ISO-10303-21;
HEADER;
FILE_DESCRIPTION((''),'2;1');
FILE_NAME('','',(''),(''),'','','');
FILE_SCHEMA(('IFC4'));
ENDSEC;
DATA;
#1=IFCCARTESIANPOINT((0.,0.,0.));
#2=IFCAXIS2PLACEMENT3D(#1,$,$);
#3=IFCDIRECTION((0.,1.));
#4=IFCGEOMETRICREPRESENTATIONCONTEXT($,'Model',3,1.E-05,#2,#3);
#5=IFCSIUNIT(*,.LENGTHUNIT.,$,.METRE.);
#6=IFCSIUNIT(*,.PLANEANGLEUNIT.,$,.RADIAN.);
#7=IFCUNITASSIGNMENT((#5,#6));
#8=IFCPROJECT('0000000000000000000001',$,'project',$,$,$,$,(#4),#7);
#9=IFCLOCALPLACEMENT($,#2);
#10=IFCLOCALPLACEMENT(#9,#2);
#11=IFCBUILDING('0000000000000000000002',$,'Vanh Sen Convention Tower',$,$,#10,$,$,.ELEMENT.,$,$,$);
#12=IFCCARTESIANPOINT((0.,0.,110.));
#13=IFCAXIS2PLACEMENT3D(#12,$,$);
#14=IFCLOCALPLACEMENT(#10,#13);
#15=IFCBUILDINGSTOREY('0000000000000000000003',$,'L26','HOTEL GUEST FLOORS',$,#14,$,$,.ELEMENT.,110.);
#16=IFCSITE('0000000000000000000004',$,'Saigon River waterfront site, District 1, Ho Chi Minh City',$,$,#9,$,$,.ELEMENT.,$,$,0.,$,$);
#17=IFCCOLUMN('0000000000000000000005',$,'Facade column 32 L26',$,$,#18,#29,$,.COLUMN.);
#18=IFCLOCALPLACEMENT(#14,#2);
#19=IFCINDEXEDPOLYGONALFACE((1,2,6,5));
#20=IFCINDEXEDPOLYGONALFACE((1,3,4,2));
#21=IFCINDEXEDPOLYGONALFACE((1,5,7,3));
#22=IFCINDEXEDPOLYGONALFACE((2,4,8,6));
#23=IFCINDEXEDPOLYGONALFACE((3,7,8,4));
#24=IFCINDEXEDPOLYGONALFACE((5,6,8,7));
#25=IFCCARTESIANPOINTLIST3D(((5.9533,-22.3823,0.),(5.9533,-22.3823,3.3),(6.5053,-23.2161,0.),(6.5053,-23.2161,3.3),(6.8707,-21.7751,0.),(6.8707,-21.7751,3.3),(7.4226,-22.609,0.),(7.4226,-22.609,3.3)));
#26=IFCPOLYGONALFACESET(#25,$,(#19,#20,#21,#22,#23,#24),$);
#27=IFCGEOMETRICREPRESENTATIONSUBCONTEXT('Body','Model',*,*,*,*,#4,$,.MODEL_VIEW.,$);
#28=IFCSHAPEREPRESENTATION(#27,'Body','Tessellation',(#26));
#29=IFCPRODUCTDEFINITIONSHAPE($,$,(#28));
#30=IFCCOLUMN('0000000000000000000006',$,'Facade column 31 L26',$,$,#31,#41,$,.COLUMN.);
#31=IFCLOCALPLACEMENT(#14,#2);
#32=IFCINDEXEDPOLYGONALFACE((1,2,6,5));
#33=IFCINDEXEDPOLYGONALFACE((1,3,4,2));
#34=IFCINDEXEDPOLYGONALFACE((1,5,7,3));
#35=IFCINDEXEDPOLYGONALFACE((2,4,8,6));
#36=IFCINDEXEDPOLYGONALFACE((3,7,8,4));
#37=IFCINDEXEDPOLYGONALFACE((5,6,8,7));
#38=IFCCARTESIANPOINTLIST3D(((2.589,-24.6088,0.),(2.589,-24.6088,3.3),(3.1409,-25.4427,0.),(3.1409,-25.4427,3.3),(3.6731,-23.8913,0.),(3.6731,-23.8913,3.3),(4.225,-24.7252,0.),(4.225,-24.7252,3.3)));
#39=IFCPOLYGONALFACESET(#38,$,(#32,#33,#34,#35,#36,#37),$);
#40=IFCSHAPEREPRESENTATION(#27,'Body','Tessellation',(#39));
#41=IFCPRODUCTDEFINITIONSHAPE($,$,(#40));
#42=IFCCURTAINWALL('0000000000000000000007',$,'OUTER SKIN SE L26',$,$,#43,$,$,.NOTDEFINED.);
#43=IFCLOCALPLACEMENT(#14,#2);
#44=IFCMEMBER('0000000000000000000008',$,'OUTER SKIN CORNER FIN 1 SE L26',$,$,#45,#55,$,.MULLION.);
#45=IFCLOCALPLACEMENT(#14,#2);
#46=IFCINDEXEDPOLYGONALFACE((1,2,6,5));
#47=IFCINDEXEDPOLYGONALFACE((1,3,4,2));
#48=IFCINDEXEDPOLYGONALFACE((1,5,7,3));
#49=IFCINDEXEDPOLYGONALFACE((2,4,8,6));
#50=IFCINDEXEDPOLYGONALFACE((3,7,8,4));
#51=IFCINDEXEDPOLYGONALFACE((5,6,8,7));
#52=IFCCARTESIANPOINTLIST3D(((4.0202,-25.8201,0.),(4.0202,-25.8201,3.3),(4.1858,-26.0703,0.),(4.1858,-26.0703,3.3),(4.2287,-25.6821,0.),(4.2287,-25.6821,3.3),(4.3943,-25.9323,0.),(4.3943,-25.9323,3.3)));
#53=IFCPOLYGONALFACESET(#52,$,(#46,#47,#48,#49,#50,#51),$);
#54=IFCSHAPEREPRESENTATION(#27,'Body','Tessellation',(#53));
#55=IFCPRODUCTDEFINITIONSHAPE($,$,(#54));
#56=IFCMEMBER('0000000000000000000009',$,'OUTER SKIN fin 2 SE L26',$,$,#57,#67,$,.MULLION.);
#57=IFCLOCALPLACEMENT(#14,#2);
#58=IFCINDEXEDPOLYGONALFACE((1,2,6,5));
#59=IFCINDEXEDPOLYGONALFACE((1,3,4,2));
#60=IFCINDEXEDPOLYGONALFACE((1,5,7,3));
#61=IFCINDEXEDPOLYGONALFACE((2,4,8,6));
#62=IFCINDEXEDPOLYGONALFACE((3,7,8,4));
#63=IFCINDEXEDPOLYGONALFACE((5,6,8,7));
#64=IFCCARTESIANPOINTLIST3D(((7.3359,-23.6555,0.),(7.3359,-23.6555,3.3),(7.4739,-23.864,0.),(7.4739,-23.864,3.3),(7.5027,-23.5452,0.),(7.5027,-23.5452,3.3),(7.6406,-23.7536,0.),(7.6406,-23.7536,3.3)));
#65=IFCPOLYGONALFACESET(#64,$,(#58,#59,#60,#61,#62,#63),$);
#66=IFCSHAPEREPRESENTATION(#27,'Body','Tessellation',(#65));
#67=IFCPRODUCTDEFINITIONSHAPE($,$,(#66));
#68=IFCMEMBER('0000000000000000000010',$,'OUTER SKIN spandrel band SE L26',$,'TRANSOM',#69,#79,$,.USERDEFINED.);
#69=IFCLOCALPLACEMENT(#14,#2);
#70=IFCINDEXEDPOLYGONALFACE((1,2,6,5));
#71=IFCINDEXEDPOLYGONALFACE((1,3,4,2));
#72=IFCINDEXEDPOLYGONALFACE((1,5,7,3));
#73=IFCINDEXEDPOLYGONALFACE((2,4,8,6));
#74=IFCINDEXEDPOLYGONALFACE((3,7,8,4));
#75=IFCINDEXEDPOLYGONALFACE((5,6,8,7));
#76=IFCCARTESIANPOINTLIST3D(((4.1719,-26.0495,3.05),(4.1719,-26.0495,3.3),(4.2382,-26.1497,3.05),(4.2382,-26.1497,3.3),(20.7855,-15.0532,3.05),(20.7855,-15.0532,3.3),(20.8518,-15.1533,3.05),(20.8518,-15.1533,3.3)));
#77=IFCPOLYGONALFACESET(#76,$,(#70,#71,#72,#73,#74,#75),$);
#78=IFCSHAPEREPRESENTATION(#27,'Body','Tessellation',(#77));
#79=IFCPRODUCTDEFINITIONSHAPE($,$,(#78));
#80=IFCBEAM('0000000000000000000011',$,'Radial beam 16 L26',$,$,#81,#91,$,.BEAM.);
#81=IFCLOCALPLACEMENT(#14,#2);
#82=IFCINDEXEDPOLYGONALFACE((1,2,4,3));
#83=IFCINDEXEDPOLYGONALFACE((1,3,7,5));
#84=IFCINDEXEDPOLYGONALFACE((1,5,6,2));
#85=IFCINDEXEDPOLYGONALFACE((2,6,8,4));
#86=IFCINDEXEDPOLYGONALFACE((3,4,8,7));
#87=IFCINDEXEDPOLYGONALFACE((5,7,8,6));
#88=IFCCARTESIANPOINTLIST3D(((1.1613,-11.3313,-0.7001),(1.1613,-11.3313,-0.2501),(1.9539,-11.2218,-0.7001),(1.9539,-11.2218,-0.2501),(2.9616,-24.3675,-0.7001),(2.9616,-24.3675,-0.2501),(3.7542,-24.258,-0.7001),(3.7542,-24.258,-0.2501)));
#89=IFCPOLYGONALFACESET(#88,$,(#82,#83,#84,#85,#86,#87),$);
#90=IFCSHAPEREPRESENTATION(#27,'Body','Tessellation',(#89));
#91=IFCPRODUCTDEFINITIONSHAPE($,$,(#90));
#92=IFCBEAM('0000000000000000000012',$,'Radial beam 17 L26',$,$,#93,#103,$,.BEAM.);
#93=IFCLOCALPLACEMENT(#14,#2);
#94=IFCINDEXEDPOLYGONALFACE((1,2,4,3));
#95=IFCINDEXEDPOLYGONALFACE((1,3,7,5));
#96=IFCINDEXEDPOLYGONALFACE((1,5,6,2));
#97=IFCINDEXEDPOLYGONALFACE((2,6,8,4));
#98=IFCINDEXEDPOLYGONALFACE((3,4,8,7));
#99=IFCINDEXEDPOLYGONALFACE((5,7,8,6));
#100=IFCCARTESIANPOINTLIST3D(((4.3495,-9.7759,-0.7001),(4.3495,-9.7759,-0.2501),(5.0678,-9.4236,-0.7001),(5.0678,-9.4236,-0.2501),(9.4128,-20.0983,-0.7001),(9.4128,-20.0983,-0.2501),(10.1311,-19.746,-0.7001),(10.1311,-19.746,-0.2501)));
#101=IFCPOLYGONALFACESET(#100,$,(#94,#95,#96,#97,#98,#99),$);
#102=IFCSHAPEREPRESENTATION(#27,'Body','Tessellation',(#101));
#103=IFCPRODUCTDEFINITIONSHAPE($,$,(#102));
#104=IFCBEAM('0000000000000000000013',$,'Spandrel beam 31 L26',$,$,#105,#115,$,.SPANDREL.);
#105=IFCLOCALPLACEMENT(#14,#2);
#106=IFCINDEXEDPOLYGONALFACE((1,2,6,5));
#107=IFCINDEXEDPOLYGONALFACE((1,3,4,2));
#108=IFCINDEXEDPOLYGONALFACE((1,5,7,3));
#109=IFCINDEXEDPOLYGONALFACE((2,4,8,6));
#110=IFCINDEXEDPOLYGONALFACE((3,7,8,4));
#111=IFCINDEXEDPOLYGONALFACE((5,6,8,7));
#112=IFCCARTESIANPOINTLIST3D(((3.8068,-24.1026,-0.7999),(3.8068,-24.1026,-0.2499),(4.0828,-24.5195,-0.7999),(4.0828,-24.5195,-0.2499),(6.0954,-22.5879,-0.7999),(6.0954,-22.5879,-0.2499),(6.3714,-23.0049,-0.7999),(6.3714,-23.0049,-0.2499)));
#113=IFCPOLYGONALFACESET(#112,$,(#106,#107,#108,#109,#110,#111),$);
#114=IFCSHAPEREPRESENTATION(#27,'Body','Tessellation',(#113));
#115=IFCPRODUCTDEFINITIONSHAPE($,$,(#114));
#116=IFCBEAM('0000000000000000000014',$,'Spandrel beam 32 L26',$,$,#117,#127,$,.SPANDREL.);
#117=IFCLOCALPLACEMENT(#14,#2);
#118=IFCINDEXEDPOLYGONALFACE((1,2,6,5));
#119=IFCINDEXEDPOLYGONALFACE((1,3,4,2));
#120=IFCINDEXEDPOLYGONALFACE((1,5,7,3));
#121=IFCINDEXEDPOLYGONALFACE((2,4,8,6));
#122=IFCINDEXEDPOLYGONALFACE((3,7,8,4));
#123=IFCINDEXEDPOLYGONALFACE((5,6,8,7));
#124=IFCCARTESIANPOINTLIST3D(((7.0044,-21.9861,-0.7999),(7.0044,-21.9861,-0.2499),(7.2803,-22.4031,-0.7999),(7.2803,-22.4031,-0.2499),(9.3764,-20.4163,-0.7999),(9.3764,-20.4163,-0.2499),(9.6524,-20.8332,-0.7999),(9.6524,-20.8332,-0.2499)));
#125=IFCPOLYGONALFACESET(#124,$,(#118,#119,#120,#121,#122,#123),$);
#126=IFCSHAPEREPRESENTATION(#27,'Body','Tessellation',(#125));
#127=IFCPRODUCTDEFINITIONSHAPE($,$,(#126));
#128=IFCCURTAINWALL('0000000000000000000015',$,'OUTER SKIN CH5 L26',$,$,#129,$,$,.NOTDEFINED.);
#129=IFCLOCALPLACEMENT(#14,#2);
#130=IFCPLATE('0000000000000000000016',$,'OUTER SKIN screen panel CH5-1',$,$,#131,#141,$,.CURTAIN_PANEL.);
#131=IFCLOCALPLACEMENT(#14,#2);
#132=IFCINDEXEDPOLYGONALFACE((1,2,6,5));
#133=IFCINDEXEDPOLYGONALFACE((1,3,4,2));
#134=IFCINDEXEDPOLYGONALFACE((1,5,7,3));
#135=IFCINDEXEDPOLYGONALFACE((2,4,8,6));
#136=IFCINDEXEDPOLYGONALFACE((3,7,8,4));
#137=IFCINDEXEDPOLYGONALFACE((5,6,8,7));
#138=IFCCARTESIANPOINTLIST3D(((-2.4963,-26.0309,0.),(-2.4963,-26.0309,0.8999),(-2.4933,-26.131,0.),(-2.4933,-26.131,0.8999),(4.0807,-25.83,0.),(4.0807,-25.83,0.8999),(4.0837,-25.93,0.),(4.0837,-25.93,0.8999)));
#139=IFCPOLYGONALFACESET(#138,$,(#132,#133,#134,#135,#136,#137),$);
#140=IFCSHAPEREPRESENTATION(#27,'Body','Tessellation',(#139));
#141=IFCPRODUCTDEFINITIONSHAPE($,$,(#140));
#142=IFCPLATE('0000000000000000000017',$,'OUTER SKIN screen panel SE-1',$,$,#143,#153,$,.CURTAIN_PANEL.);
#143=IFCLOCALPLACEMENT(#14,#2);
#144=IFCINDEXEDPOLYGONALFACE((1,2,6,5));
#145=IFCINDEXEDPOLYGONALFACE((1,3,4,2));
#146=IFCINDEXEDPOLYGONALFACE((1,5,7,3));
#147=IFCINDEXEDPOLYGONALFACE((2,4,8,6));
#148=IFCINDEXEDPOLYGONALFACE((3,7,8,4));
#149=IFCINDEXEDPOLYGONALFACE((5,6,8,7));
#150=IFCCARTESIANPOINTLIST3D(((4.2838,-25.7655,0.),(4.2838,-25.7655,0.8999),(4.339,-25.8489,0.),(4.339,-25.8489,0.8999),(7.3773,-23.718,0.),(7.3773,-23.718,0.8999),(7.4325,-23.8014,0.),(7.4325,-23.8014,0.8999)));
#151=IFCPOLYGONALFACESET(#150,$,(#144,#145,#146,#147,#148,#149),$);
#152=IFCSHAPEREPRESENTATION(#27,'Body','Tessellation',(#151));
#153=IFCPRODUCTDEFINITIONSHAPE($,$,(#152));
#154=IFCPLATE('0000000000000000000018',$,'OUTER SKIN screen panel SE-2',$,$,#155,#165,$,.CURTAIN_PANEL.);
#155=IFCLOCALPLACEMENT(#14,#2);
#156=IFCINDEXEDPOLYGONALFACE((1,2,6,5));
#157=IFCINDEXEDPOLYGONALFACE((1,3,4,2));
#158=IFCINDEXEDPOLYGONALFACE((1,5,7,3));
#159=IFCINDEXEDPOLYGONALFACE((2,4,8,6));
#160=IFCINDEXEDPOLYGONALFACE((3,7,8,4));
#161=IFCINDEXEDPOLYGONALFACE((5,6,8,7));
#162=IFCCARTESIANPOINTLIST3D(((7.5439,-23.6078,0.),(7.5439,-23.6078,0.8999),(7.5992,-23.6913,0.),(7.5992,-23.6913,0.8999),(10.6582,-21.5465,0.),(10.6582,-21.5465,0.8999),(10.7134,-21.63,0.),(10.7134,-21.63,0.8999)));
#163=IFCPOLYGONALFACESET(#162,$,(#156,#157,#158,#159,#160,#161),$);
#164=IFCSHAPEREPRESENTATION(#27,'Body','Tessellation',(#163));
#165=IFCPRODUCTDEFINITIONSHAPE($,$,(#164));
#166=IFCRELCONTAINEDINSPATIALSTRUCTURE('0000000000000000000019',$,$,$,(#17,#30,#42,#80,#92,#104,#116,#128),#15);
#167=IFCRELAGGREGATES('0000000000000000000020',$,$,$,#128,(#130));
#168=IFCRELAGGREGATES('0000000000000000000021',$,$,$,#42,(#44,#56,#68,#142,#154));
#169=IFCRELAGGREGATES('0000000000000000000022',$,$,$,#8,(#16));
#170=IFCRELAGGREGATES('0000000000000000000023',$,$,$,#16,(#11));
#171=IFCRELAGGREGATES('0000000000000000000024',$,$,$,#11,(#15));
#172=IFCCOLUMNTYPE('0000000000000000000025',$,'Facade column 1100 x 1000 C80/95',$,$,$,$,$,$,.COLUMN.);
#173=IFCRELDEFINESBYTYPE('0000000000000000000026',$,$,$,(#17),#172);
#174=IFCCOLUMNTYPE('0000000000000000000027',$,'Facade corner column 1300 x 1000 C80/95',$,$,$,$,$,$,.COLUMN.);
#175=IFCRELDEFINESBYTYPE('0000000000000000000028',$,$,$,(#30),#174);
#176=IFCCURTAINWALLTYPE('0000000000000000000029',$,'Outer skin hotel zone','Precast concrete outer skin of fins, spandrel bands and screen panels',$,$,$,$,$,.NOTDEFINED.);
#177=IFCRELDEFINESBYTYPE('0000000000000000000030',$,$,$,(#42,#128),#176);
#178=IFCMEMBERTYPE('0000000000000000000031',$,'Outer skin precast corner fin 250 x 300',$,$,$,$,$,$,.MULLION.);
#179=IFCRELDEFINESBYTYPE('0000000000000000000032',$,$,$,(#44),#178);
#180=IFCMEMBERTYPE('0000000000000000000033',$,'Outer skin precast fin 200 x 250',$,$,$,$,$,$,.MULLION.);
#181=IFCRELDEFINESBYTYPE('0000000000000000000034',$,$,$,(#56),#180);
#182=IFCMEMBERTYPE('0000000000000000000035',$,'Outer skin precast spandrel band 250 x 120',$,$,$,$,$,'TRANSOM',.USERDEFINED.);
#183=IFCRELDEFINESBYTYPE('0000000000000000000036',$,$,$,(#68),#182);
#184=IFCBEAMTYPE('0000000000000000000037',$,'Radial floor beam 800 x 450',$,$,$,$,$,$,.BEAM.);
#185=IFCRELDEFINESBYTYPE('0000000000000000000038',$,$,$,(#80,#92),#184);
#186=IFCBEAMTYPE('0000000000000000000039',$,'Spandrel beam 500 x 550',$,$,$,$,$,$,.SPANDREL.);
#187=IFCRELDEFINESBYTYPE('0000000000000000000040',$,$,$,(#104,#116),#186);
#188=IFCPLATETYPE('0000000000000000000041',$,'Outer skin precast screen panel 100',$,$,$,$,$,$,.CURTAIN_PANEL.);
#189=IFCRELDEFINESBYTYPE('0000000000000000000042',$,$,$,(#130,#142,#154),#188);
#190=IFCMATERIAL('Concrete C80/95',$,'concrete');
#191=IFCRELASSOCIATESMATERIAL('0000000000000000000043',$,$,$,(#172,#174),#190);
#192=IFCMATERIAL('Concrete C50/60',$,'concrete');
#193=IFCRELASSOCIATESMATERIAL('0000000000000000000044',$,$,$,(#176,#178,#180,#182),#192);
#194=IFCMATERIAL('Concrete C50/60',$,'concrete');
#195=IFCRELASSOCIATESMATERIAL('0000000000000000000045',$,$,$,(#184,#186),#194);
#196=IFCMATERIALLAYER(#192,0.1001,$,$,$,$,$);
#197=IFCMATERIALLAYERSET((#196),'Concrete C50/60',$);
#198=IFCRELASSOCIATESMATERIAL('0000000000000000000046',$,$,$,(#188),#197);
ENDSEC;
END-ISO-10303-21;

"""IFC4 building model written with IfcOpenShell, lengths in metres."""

from ifc_helpers import new_model, si_unit, direction, frame, origin, origin_2d, place, context, subcontext, project, spatial, rectangle, extrude, material, layer, layer_set, material_profile, profile_set, type_object, element, aggregate, save


model = new_model("IFC4")

# Units and contexts
model_context = context("Model", 3, precision=1e-05, world=origin(), true_north=direction((0.0, 1.0)))
body_context = subcontext(model_context, "Body", "Model", "MODEL_VIEW")
ifc_project = project(units=[si_unit("LENGTHUNIT", "METRE"), si_unit("PLANEANGLEUNIT", "RADIAN")], contexts=[model_context])

# Site, building, storey
site_placement = place(None, origin())
site = spatial("IfcSite", under=ifc_project, at=site_placement, Name="Saigon River waterfront site, District 1, Ho Chi Minh City", CompositionType="ELEMENT", RefElevation=0.0)
building_placement = place(site_placement, origin())
building = spatial("IfcBuilding", under=site, at=building_placement, Name="Vanh Sen Convention Tower", CompositionType="ELEMENT")
storey_placement = place(building_placement, frame((0.0, 0.0, 110.0)))
storey = spatial("IfcBuildingStorey", under=building, at=storey_placement, Name="L26", Description="HOTEL GUEST FLOORS", CompositionType="ELEMENT", Elevation=110.0)

# Columns
ifc_material_1 = material(Name="Concrete C80/95", Category="concrete")
ifc_material_profile_1 = material_profile(ifc_material_1, rectangle(XDim=1.1001, YDim=1.0, at=origin_2d()), Name="RC 1100X1000")
ifc_profile_set_1 = profile_set([ifc_material_profile_1], Name="Concrete C80/95")
column_type_1 = type_object("IfcColumnType", Name="Facade column 1100 x 1000 C80/95", PredefinedType="COLUMN", material=ifc_profile_set_1)
column_1_placement = place(storey_placement, frame((6.688, -22.4956, 0.0), z_axis=(0.0, 0.0, 1.0), x_axis=(0.833886, 0.551937, 0.0)))
element("IfcColumn", 1, at=column_1_placement, inside=storey, type_object=column_type_1, Name="Facade column 32 L26", PredefinedType="COLUMN", context=body_context, shape_type="SweptSolid", body=[
    extrude(rectangle(XDim=1.1001, YDim=1.0, at=origin_2d()), origin(), (0.0, 0.0, 1.0), 3.3),
])
ifc_material_profile_2 = material_profile(ifc_material_1, rectangle(XDim=1.3, YDim=1.0, at=origin_2d()), Name="RC 1300X1000")
ifc_profile_set_2 = profile_set([ifc_material_profile_2], Name="Concrete C80/95")
column_type_2 = type_object("IfcColumnType", Name="Facade corner column 1300 x 1000 C80/95", PredefinedType="COLUMN", material=ifc_profile_set_2)
column_2_placement = place(storey_placement, frame((3.407, -24.667, 0.0), z_axis=(0.0, 0.0, 1.0), x_axis=(0.833886, 0.551937, 0.0)))
element("IfcColumn", 2, at=column_2_placement, inside=storey, type_object=column_type_2, Name="Facade column 31 L26", PredefinedType="COLUMN", context=body_context, shape_type="SweptSolid", body=[
    extrude(rectangle(XDim=1.3, YDim=1.0, at=origin_2d()), origin(), (0.0, 0.0, 1.0), 3.3),
])

# Curtain wall, members
ifc_material_2 = material(Name="Concrete C50/60", Category="concrete")
curtain_wall_type = type_object("IfcCurtainWallType", Name="Outer skin hotel zone", Description="Precast concrete outer skin of fins, spandrel bands and screen panels", PredefinedType="NOTDEFINED", material=ifc_material_2)
curtain_wall_1_placement = place(storey_placement, origin())
curtain_wall_1 = element("IfcCurtainWall", 3, at=curtain_wall_1_placement, inside=storey, type_object=curtain_wall_type, Name="OUTER SKIN SE L26", PredefinedType="NOTDEFINED")
ifc_material_profile_3 = material_profile(ifc_material_2, rectangle(XDim=0.25, YDim=0.3, at=origin_2d()), Name="Outer skin precast corner fin 250 x 300")
ifc_profile_set_3 = profile_set([ifc_material_profile_3], Name="Concrete C50/60")
member_type_1 = type_object("IfcMemberType", Name="Outer skin precast corner fin 250 x 300", PredefinedType="MULLION", material=ifc_profile_set_3)
member_1_placement = place(storey_placement, frame((4.2073, -25.8762, 0.0), z_axis=(0.0, 0.0, 1.0), x_axis=(0.833886, 0.551937, 0.0)))
member_1 = element("IfcMember", 4, at=member_1_placement, type_object=member_type_1, Name="OUTER SKIN CORNER FIN 1 SE L26", PredefinedType="MULLION", context=body_context, shape_type="SweptSolid", body=[
    extrude(rectangle(XDim=0.25, YDim=0.3, at=origin_2d()), origin(), (0.0, 0.0, 1.0), 3.3),
])
ifc_material_profile_4 = material_profile(ifc_material_2, rectangle(XDim=0.2, YDim=0.25, at=origin_2d()), Name="Outer skin precast fin 200 x 250")
ifc_profile_set_4 = profile_set([ifc_material_profile_4], Name="Concrete C50/60")
member_type_2 = type_object("IfcMemberType", Name="Outer skin precast fin 200 x 250", PredefinedType="MULLION", material=ifc_profile_set_4)
member_2_placement = place(storey_placement, frame((7.4883, -23.7046, 0.0), z_axis=(0.0, 0.0, 1.0), x_axis=(0.833886, 0.551937, 0.0)))
member_2 = element("IfcMember", 5, at=member_2_placement, type_object=member_type_2, Name="OUTER SKIN fin 2 SE L26", PredefinedType="MULLION", context=body_context, shape_type="SweptSolid", body=[
    extrude(rectangle(XDim=0.2, YDim=0.25, at=origin_2d()), origin(), (0.0, 0.0, 1.0), 3.3),
])
ifc_material_profile_5 = material_profile(ifc_material_2, rectangle(XDim=0.1201, YDim=0.25, at=origin_2d()), Name="Outer skin precast spandrel band 250 x 120")
ifc_profile_set_5 = profile_set([ifc_material_profile_5], Name="Concrete C50/60")
member_type_3 = type_object("IfcMemberType", Name="Outer skin precast spandrel band 250 x 120", ElementType="TRANSOM", PredefinedType="USERDEFINED", material=ifc_profile_set_5)
member_3_placement = place(storey_placement, frame((4.2051, -26.0996, 3.175), z_axis=(0.833884, 0.55194, 0.0), x_axis=(-0.55194, 0.833884, 0.0)))
member_3 = element("IfcMember", 6, at=member_3_placement, type_object=member_type_3, Name="OUTER SKIN spandrel band SE L26", ObjectType="TRANSOM", PredefinedType="USERDEFINED", context=body_context, shape_type="SweptSolid", body=[
    extrude(rectangle(XDim=0.1201, YDim=0.25, at=origin_2d()), origin(), (0.0, 0.0, 1.0), 19.9231),
])

# Beams
ifc_material_3 = material(Name="Concrete C50/60", Category="concrete")
ifc_material_profile_6 = material_profile(ifc_material_3, rectangle(XDim=0.8, YDim=0.45, at=origin_2d()), Name="RC 800X450")
ifc_profile_set_6 = profile_set([ifc_material_profile_6], Name="Concrete C50/60")
beam_type_1 = type_object("IfcBeamType", Name="Radial floor beam 800 x 450", PredefinedType="BEAM", material=ifc_profile_set_6)
beam_1_placement = place(storey_placement, frame((3.3579, -24.3127, -0.4751), z_axis=(-0.136802, 0.990598, 0.0), x_axis=(-0.990598, -0.136802, 0.0)))
element("IfcBeam", 7, at=beam_1_placement, inside=storey, type_object=beam_type_1, Name="Radial beam 16 L26", PredefinedType="BEAM", context=body_context, shape_type="SweptSolid", body=[
    extrude(rectangle(XDim=0.8, YDim=0.45, at=origin_2d()), origin(), (0.0, 0.0, 1.0), 13.1599),
])
beam_2_placement = place(storey_placement, frame((9.772, -19.9221, -0.4751), z_axis=(-0.440389, 0.897807, 0.0), x_axis=(-0.897807, -0.440389, 0.0)))
element("IfcBeam", 8, at=beam_2_placement, inside=storey, type_object=beam_type_1, Name="Radial beam 17 L26", PredefinedType="BEAM", context=body_context, shape_type="SweptSolid", body=[
    extrude(rectangle(XDim=0.8, YDim=0.45, at=origin_2d()), origin(), (0.0, 0.0, 1.0), 11.4973),
])
ifc_material_profile_7 = material_profile(ifc_material_3, rectangle(XDim=0.5, YDim=0.55, at=origin_2d()), Name="RC 500X550")
ifc_profile_set_7 = profile_set([ifc_material_profile_7], Name="Concrete C50/60")
beam_type_2 = type_object("IfcBeamType", Name="Spandrel beam 500 x 550", PredefinedType="SPANDREL", material=ifc_profile_set_7)
beam_3_placement = place(storey_placement, frame((3.9448, -24.311, -0.5249), z_axis=(0.833907, 0.551905, 0.0), x_axis=(-0.551905, 0.833907, 0.0)))
element("IfcBeam", 9, at=beam_3_placement, inside=storey, type_object=beam_type_2, Name="Spandrel beam 31 L26", PredefinedType="SPANDREL", context=body_context, shape_type="SweptSolid", body=[
    extrude(rectangle(XDim=0.5, YDim=0.55, at=origin_2d()), origin(), (0.0, 0.0, 1.0), 2.7444),
])
beam_4_placement = place(storey_placement, frame((7.1423, -22.1946, -0.5249), z_axis=(0.833921, 0.551884, 0.0), x_axis=(-0.551884, 0.833921, 0.0)))
element("IfcBeam", 10, at=beam_4_placement, inside=storey, type_object=beam_type_2, Name="Spandrel beam 32 L26", PredefinedType="SPANDREL", context=body_context, shape_type="SweptSolid", body=[
    extrude(rectangle(XDim=0.5, YDim=0.55, at=origin_2d()), origin(), (0.0, 0.0, 1.0), 2.8445),
])

# Curtain wall, plate
curtain_wall_2_placement = place(storey_placement, origin())
curtain_wall_2 = element("IfcCurtainWall", 11, at=curtain_wall_2_placement, inside=storey, type_object=curtain_wall_type, Name="OUTER SKIN CH5 L26", PredefinedType="NOTDEFINED")
ifc_layer_1 = layer(ifc_material_2, 0.1001)
ifc_layer_set_1 = layer_set([ifc_layer_1], Name="Concrete C50/60")
plate_type = type_object("IfcPlateType", Name="Outer skin precast screen panel 100", PredefinedType="CURTAIN_PANEL", material=ifc_layer_set_1)
plate_1_placement = place(storey_placement, frame((0.7937, -25.9805, 0.0), z_axis=(0.0, 0.0, 1.0), x_axis=(0.999533, 0.030542, 0.0)))
plate_1 = element("IfcPlate", 12, at=plate_1_placement, type_object=plate_type, Name="OUTER SKIN screen panel CH5-1", PredefinedType="CURTAIN_PANEL", context=body_context, shape_type="SweptSolid", body=[
    extrude(rectangle(XDim=6.5801, YDim=0.1001, at=origin_2d()), origin(), (0.0, 0.0, 1.0), 0.8999),
])
aggregate(curtain_wall_2, [plate_1])

# Plates
plate_2_placement = place(storey_placement, frame((5.8582, -24.7834, 0.0), z_axis=(0.0, 0.0, 1.0), x_axis=(0.833892, 0.551928, 0.0)))
plate_2 = element("IfcPlate", 13, at=plate_2_placement, type_object=plate_type, Name="OUTER SKIN screen panel SE-1", PredefinedType="CURTAIN_PANEL", context=body_context, shape_type="SweptSolid", body=[
    extrude(rectangle(XDim=3.7097, YDim=0.1001, at=origin_2d()), origin(), (0.0, 0.0, 1.0), 0.8999),
])
plate_3_placement = place(storey_placement, frame((9.1287, -22.6189, 0.0), z_axis=(0.0, 0.0, 1.0), x_axis=(0.833892, 0.551928, 0.0)))
plate_3 = element("IfcPlate", 14, at=plate_3_placement, type_object=plate_type, Name="OUTER SKIN screen panel SE-2", PredefinedType="CURTAIN_PANEL", context=body_context, shape_type="SweptSolid", body=[
    extrude(rectangle(XDim=3.7346, YDim=0.1001, at=origin_2d()), origin(), (0.0, 0.0, 1.0), 0.8999),
])
aggregate(curtain_wall_1, [member_1, member_2, member_3, plate_2, plate_3])

save(model, "model.ifc")
